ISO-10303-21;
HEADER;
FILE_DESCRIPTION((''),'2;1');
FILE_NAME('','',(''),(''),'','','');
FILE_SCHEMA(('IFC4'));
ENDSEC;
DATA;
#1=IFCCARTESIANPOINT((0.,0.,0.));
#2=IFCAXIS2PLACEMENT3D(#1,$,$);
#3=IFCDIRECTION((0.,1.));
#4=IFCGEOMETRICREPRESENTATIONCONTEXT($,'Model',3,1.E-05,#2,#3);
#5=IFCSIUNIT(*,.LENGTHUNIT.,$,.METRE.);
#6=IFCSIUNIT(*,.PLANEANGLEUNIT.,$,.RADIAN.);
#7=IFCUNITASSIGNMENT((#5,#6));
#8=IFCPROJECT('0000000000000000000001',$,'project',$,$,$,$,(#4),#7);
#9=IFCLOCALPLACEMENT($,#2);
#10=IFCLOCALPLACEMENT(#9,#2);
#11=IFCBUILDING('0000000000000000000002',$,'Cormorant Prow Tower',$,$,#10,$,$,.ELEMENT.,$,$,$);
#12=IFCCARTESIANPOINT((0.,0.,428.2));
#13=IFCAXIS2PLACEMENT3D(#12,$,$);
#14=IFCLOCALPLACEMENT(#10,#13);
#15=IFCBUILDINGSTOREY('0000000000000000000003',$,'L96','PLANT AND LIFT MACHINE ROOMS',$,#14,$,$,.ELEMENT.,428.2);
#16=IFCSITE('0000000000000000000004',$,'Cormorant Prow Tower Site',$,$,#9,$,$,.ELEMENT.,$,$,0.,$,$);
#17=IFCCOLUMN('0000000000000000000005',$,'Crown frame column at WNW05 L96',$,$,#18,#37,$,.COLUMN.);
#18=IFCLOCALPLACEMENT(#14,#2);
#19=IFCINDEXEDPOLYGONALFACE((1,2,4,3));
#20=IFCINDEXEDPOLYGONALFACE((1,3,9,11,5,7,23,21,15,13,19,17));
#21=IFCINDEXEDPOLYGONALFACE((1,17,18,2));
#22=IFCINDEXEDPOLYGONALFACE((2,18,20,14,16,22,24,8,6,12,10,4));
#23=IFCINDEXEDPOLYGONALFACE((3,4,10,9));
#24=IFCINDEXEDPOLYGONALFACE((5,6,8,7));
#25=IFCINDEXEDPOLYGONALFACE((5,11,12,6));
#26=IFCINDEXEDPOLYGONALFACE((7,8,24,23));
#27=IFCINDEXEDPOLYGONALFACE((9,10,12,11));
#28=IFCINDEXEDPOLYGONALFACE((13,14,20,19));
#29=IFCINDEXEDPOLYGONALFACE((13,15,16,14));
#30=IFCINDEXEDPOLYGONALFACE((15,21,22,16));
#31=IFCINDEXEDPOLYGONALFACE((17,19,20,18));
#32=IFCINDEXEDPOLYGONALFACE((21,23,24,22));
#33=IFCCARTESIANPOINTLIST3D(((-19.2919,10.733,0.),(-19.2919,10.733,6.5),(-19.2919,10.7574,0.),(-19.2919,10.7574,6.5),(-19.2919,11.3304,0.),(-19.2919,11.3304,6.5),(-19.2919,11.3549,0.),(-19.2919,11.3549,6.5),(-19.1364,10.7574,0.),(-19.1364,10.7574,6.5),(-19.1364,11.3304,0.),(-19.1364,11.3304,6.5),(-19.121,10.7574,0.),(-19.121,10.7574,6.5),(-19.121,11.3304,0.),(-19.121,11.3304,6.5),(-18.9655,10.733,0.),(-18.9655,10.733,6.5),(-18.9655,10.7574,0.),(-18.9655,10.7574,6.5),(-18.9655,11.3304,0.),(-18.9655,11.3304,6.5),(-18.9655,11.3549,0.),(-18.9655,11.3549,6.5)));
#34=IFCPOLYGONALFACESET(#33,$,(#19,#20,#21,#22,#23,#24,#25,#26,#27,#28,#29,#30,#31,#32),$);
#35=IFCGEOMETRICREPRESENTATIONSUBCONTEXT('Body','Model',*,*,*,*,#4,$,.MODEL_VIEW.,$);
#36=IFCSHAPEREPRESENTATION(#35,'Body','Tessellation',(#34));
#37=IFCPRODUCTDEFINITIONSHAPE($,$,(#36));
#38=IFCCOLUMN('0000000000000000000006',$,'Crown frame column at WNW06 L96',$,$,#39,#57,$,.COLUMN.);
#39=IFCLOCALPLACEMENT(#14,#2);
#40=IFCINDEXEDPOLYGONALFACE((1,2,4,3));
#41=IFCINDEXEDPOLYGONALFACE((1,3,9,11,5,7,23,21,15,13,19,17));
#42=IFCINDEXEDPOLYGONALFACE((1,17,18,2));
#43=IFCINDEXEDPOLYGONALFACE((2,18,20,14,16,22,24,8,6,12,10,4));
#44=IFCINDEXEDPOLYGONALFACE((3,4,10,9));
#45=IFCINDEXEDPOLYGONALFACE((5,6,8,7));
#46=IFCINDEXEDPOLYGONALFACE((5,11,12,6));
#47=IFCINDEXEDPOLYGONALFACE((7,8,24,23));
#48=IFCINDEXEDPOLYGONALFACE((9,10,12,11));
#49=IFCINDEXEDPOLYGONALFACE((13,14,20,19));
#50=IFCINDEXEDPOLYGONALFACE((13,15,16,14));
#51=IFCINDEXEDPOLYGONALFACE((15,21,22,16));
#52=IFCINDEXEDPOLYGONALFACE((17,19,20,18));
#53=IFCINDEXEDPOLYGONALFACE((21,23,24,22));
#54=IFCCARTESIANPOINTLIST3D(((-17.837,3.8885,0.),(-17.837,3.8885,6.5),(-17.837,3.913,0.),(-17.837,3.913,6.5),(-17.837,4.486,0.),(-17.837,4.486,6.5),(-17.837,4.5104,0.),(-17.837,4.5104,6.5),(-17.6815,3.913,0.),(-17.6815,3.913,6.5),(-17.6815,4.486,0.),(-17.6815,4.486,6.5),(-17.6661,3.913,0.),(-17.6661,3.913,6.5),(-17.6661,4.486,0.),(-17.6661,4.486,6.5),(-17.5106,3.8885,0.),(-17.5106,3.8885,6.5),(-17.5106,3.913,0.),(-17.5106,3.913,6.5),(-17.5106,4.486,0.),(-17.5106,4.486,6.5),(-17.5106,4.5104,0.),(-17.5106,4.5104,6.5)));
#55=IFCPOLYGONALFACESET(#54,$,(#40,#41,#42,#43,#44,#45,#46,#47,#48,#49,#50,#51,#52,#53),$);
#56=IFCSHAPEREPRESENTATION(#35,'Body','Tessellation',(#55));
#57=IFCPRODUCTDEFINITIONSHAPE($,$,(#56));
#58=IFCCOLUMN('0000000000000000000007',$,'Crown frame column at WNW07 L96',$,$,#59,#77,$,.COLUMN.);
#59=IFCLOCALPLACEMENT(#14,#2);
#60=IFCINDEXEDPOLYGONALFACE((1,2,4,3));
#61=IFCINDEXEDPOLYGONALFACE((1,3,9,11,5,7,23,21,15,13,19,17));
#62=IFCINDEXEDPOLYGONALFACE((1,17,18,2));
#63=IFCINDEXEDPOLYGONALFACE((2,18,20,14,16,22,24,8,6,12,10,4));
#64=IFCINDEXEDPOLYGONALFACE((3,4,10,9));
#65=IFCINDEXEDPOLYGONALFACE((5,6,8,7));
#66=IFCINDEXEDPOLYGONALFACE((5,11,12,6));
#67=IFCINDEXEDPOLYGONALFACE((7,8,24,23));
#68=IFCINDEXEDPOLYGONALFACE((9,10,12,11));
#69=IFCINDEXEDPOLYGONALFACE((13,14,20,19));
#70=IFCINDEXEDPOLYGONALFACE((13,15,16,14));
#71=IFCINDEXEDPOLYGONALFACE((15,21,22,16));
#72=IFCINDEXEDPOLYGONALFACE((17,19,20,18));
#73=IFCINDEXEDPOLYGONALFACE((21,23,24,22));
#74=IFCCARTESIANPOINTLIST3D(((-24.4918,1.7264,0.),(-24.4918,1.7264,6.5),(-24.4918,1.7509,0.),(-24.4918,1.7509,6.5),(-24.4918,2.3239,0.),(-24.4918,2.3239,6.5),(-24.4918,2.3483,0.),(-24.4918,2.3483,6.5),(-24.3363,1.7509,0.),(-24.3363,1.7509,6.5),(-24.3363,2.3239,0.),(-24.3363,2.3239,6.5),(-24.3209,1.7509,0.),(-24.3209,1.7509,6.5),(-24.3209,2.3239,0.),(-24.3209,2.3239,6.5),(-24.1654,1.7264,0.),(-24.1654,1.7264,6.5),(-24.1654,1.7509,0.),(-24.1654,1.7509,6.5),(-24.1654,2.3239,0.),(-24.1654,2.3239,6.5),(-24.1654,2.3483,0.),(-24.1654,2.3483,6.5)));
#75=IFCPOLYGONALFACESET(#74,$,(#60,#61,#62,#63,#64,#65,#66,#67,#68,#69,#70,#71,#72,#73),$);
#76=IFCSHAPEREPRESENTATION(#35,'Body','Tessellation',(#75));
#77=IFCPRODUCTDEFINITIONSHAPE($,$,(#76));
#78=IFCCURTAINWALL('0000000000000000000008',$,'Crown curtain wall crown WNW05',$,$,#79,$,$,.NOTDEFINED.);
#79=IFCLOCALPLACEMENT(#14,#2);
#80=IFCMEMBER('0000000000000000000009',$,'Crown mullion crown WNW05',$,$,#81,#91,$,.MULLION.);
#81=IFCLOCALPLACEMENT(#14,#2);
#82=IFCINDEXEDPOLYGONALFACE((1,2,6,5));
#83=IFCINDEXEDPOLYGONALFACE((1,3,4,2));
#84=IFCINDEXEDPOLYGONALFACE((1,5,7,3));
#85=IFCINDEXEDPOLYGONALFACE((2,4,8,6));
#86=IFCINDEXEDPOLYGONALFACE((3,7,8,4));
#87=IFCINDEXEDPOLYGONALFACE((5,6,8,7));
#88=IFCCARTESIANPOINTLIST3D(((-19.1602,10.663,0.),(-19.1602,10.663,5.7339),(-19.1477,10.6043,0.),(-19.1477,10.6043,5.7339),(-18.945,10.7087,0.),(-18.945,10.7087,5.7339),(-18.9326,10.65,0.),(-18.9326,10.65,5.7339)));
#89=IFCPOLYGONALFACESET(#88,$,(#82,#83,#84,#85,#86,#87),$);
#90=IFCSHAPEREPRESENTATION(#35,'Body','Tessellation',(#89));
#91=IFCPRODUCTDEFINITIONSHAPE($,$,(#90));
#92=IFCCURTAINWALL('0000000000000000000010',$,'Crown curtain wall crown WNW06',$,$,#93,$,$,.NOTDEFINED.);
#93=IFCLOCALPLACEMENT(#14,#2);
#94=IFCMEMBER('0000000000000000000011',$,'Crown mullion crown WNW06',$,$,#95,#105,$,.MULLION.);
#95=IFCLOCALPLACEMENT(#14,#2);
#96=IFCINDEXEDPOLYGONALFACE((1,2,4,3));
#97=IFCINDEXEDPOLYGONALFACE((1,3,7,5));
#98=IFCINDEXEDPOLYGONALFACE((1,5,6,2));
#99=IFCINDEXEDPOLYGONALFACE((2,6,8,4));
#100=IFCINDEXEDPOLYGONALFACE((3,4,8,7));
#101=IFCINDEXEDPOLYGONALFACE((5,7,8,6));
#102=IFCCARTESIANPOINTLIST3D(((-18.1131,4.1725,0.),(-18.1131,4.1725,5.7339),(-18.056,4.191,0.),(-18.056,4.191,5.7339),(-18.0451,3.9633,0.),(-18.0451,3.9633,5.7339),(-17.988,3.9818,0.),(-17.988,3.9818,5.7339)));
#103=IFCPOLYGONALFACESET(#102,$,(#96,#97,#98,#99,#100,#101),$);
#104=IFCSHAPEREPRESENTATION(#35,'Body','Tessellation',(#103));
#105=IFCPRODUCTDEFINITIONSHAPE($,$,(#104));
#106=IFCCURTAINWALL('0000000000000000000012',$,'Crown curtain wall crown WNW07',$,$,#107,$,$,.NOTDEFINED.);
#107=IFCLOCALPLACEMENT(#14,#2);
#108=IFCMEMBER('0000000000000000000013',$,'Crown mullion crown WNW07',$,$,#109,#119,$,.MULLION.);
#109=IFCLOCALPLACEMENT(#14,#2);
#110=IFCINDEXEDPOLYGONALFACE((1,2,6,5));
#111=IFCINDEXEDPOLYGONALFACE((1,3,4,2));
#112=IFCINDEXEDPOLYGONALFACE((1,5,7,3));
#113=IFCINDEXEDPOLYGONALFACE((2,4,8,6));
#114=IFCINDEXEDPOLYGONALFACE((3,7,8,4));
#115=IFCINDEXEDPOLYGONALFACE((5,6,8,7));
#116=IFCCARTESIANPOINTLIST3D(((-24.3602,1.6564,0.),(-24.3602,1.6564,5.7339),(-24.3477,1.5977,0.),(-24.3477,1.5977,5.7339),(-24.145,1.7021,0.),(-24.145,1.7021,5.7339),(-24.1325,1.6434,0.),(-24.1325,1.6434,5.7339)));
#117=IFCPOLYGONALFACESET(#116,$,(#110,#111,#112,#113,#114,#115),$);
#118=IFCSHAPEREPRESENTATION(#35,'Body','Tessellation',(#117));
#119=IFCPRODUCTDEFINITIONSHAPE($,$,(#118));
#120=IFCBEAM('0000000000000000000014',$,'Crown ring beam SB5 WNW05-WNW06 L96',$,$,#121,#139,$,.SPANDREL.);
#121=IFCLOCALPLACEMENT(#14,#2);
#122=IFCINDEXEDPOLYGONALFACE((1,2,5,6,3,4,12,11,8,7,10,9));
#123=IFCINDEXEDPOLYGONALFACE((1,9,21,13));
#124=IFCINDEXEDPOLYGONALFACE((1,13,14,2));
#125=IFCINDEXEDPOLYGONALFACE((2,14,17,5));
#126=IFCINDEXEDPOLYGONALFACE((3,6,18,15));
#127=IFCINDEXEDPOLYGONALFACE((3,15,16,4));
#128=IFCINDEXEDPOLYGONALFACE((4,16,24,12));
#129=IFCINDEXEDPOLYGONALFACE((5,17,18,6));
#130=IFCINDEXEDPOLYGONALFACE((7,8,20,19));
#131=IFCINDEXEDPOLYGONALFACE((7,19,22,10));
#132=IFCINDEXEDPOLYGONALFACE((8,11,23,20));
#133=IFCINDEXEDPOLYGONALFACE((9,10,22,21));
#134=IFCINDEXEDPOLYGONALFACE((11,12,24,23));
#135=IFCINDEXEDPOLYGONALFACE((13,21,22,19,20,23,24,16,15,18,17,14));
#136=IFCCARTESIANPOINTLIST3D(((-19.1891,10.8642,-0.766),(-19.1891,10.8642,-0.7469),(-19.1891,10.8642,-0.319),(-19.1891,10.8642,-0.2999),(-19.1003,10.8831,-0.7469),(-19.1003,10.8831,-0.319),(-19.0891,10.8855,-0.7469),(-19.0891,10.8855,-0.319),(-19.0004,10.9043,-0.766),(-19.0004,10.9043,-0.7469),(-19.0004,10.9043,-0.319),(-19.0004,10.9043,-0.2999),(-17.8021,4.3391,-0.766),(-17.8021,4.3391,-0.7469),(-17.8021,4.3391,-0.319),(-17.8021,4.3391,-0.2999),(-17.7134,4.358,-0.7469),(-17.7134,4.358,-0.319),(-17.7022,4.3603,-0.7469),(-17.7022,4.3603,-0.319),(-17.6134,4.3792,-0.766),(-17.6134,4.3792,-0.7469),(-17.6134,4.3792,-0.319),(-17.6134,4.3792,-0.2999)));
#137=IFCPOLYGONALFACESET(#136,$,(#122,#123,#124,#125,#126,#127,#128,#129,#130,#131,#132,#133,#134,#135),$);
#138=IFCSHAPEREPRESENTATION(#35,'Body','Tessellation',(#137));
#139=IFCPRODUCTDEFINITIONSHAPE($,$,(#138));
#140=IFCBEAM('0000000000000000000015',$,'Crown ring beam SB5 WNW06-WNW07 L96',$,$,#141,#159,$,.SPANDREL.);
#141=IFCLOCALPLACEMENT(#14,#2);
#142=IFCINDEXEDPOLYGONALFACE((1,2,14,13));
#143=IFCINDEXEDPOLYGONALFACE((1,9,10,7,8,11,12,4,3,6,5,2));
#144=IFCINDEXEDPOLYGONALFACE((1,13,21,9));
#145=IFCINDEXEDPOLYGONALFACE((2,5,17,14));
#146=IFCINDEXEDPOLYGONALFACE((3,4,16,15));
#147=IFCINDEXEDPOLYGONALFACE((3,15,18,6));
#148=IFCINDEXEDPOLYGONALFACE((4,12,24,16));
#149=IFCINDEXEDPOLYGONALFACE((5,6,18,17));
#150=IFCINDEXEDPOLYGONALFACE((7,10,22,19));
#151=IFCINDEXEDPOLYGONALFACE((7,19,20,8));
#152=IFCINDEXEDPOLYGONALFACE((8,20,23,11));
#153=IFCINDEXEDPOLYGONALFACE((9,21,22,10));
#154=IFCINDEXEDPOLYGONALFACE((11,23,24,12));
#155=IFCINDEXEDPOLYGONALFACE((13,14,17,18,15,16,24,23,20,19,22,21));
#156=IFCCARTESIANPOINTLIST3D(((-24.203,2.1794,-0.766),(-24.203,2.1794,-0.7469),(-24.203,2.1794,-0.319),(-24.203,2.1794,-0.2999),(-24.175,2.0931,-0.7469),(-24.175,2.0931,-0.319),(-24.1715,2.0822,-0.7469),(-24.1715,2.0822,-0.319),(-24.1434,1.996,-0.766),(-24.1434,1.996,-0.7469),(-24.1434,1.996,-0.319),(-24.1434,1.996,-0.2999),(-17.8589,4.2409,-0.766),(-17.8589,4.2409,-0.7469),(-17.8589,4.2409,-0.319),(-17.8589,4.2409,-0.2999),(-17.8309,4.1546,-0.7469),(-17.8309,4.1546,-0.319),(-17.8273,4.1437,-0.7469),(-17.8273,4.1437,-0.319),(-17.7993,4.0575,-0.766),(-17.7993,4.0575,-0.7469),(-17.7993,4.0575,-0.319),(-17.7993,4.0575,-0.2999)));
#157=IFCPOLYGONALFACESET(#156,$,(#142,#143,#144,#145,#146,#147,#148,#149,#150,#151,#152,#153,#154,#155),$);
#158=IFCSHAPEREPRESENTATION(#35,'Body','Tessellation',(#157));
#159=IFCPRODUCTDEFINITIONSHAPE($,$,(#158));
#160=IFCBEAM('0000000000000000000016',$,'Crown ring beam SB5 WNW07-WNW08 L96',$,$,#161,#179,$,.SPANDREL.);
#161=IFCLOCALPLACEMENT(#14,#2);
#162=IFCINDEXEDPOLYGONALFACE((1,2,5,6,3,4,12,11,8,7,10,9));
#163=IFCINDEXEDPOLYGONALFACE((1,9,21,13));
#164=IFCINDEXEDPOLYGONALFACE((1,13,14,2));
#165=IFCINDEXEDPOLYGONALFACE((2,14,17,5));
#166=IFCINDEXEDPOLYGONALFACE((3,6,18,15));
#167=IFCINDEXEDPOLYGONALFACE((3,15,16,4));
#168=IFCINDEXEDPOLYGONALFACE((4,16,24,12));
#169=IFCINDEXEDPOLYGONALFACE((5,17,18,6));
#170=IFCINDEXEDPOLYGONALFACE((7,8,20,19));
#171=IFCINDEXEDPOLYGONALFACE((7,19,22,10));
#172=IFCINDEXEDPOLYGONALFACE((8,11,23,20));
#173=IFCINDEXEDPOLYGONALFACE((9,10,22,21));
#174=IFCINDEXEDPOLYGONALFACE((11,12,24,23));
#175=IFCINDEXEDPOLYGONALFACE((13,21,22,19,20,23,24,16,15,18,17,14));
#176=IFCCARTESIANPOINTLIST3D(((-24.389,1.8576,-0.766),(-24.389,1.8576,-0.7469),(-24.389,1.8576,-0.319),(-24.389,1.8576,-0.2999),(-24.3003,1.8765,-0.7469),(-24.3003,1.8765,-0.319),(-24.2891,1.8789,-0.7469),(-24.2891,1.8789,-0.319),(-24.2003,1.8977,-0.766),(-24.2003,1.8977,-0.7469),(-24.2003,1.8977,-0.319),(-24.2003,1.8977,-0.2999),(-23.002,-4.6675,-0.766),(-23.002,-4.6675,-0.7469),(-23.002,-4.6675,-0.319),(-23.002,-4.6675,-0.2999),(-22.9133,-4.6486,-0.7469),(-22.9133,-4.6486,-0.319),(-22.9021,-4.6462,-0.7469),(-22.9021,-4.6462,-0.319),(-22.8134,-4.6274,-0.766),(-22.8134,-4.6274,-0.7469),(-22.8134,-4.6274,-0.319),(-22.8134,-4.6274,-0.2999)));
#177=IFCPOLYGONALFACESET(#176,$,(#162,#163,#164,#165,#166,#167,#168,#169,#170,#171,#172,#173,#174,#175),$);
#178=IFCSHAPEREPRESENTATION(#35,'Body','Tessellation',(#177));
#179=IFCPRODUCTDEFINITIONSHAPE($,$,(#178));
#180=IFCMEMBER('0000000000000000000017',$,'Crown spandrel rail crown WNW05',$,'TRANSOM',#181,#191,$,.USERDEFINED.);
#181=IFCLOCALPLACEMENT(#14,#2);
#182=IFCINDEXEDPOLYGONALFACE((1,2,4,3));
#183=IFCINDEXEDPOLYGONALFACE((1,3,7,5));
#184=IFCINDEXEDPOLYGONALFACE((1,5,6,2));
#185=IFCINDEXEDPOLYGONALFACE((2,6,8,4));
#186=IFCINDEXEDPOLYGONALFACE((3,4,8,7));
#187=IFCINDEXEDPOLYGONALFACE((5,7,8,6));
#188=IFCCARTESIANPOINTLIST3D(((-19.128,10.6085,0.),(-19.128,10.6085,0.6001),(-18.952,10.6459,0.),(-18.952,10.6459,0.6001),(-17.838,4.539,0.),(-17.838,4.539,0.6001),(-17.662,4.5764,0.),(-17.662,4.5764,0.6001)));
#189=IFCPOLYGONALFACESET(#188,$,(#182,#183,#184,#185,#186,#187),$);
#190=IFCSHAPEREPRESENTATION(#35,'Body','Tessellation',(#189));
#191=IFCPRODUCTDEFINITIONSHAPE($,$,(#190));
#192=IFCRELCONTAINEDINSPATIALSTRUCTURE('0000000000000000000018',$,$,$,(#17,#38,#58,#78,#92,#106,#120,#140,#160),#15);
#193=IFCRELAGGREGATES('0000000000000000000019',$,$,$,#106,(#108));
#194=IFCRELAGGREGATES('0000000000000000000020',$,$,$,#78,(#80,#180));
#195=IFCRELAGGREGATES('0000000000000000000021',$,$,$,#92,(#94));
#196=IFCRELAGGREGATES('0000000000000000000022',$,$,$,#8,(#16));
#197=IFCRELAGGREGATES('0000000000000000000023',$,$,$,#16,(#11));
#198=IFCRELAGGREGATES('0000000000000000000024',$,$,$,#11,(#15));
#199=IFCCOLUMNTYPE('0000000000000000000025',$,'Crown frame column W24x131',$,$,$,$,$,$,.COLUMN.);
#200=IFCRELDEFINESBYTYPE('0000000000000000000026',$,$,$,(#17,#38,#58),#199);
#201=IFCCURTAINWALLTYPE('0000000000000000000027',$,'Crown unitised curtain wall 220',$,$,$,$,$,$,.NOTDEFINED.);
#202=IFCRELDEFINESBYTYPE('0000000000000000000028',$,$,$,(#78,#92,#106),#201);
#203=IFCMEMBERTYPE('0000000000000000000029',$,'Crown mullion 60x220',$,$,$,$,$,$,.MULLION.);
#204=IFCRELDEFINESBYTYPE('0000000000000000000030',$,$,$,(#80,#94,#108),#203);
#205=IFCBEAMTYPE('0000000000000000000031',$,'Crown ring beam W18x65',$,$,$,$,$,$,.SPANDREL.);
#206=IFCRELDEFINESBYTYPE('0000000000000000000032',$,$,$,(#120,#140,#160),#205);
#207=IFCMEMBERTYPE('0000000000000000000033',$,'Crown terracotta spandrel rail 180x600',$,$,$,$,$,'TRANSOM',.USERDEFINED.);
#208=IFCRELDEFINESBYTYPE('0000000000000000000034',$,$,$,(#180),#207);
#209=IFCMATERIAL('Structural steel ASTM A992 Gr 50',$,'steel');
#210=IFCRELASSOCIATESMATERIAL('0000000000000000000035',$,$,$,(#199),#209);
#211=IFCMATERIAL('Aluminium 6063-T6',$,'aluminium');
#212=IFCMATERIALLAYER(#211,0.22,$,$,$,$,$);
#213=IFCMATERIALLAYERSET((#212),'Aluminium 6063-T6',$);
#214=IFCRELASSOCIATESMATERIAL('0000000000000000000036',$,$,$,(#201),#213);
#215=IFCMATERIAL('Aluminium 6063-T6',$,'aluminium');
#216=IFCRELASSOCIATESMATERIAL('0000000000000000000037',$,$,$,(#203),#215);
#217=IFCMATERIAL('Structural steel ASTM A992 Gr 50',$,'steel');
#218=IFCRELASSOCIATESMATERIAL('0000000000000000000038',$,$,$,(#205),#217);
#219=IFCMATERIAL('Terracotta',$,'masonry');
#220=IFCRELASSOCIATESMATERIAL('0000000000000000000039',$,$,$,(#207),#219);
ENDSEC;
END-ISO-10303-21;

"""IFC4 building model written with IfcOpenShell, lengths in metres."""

from ifc_helpers import new_model, si_unit, direction, frame, origin, origin_2d, place, context, subcontext, project, spatial, rectangle, i_section, extrude, material, layer, layer_set, material_profile, profile_set, type_object, element, aggregate, save


model = new_model("IFC4")

# Units and contexts
model_context = context("Model", 3, precision=1e-05, world=origin(), true_north=direction((0.0, 1.0)))
body_context = subcontext(model_context, "Body", "Model", "MODEL_VIEW")
ifc_project = project(units=[si_unit("LENGTHUNIT", "METRE"), si_unit("PLANEANGLEUNIT", "RADIAN")], contexts=[model_context])

# Site, building, storey
site_placement = place(None, origin())
site = spatial("IfcSite", under=ifc_project, at=site_placement, Name="Cormorant Prow Tower Site", CompositionType="ELEMENT", RefElevation=0.0)
building_placement = place(site_placement, origin())
building = spatial("IfcBuilding", under=site, at=building_placement, Name="Cormorant Prow Tower", CompositionType="ELEMENT")
storey_placement = place(building_placement, frame((0.0, 0.0, 428.2)))
storey = spatial("IfcBuildingStorey", under=building, at=storey_placement, Name="L96", Description="PLANT AND LIFT MACHINE ROOMS", CompositionType="ELEMENT", Elevation=428.2)

# Columns
ifc_material_1 = material(Name="Structural steel ASTM A992 Gr 50", Category="steel")
ifc_material_profile_1 = material_profile(ifc_material_1, i_section(OverallWidth=0.3264, OverallDepth=0.6218, WebThickness=0.0154, FlangeThickness=0.0244, at=origin_2d()), Name="W24x131")
ifc_profile_set_1 = profile_set([ifc_material_profile_1], Name="Structural steel ASTM A992 Gr 50")
column_type = type_object("IfcColumnType", Name="Crown frame column W24x131", PredefinedType="COLUMN", material=ifc_profile_set_1)
for number, where, z_axis, x_axis, name in (
    (1, (-19.1287, 11.0439, 0.0), (0.0, 0.0, 1.0), (1.0, 0.0, 0.0), "Crown frame column at WNW05 L96"),
    (2, (-17.6738, 4.1995, 0.0), (0.0, 0.0, 1.0), (1.0, 0.0, 0.0), "Crown frame column at WNW06 L96"),
    (3, (-24.3286, 2.0374, 0.0), (0.0, 0.0, 1.0), (1.0, 0.0, 0.0), "Crown frame column at WNW07 L96"),
):
    element("IfcColumn", number, at=place(storey_placement, frame(where, z_axis=z_axis, x_axis=x_axis)), inside=storey, type_object=column_type, Name=name, PredefinedType="COLUMN", context=body_context, shape_type="SweptSolid", body=[
        extrude(i_section(OverallWidth=0.3264, OverallDepth=0.6218, WebThickness=0.0154, FlangeThickness=0.0244, at=origin_2d()), origin(), (0.0, 0.0, 1.0), 6.5),
    ])

# Curtain walls, members
ifc_material_2 = material(Name="Aluminium 6063-T6", Category="aluminium")
ifc_layer_1 = layer(ifc_material_2, 0.22)
ifc_layer_set_1 = layer_set([ifc_layer_1], Name="Aluminium 6063-T6")
curtain_wall_type = type_object("IfcCurtainWallType", Name="Crown unitised curtain wall 220", PredefinedType="NOTDEFINED", material=ifc_layer_set_1)
curtain_wall_1_placement = place(storey_placement, origin())
curtain_wall_1 = element("IfcCurtainWall", 4, at=curtain_wall_1_placement, inside=storey, type_object=curtain_wall_type, Name="Crown curtain wall crown WNW05", PredefinedType="NOTDEFINED")
ifc_material_3 = material(Name="Aluminium 6063-T6", Category="aluminium")
ifc_material_profile_2 = material_profile(ifc_material_3, rectangle(XDim=0.22, YDim=0.0601, at=origin_2d()), Name="Crown mullion 60x220")
ifc_profile_set_2 = profile_set([ifc_material_profile_2], Name="Aluminium 6063-T6")
member_type_1 = type_object("IfcMemberType", Name="Crown mullion 60x220", PredefinedType="MULLION", material=ifc_profile_set_2)
member_1_placement = place(storey_placement, frame((-19.0464, 10.6565, 0.0), z_axis=(0.0, 0.0, 1.0), x_axis=(0.978148, 0.207912, 0.0)))
member_1 = element("IfcMember", 5, at=member_1_placement, type_object=member_type_1, Name="Crown mullion crown WNW05", PredefinedType="MULLION", context=body_context, shape_type="SweptSolid", body=[
    extrude(rectangle(XDim=0.22, YDim=0.0601, at=origin_2d()), origin(), (0.0, 0.0, 1.0), 5.7339),
])
curtain_wall_2_placement = place(storey_placement, origin())
curtain_wall_2 = element("IfcCurtainWall", 6, at=curtain_wall_2_placement, inside=storey, type_object=curtain_wall_type, Name="Crown curtain wall crown WNW06", PredefinedType="NOTDEFINED")
member_2_placement = place(storey_placement, frame((-18.0505, 4.0771, 0.0), z_axis=(0.0, 0.0, 1.0), x_axis=(0.309017, -0.951056, 0.0)))
member_2 = element("IfcMember", 7, at=member_2_placement, type_object=member_type_1, Name="Crown mullion crown WNW06", PredefinedType="MULLION", context=body_context, shape_type="SweptSolid", body=[
    extrude(rectangle(XDim=0.22, YDim=0.0601, at=origin_2d()), origin(), (0.0, 0.0, 1.0), 5.7339),
])
curtain_wall_3_placement = place(storey_placement, origin())
curtain_wall_3 = element("IfcCurtainWall", 8, at=curtain_wall_3_placement, inside=storey, type_object=curtain_wall_type, Name="Crown curtain wall crown WNW07", PredefinedType="NOTDEFINED")
member_3_placement = place(storey_placement, frame((-24.2463, 1.6499, 0.0), z_axis=(0.0, 0.0, 1.0), x_axis=(0.978148, 0.207912, 0.0)))
member_3 = element("IfcMember", 9, at=member_3_placement, type_object=member_type_1, Name="Crown mullion crown WNW07", PredefinedType="MULLION", context=body_context, shape_type="SweptSolid", body=[
    extrude(rectangle(XDim=0.22, YDim=0.0601, at=origin_2d()), origin(), (0.0, 0.0, 1.0), 5.7339),
])

# Beams
ifc_material_4 = material(Name="Structural steel ASTM A992 Gr 50", Category="steel")
ifc_material_profile_3 = material_profile(ifc_material_4, i_section(OverallWidth=0.1929, OverallDepth=0.4661, WebThickness=0.0115, FlangeThickness=0.019, at=origin_2d()), Name="W18x65")
ifc_profile_set_3 = profile_set([ifc_material_profile_3], Name="Structural steel ASTM A992 Gr 50")
beam_type = type_object("IfcBeamType", Name="Crown ring beam W18x65", PredefinedType="SPANDREL", material=ifc_profile_set_3)
beam_1_placement = place(storey_placement, frame((-19.0947, 10.8843, -0.533), z_axis=(0.207912, -0.978148, 0.0), x_axis=(0.978148, 0.207912, 0.0)))
element("IfcBeam", 10, at=beam_1_placement, inside=storey, type_object=beam_type, Name="Crown ring beam SB5 WNW05-WNW06 L96", PredefinedType="SPANDREL", context=body_context, shape_type="SweptSolid", body=[
    extrude(i_section(OverallWidth=0.1929, OverallDepth=0.4661, WebThickness=0.0115, FlangeThickness=0.019, at=origin_2d()), origin(), (0.0, 0.0, 1.0), 6.6709),
])
beam_2_placement = place(storey_placement, frame((-17.8291, 4.1492, -0.533), z_axis=(-0.95105, -0.309038, 0.0), x_axis=(0.309038, -0.95105, 0.0)))
element("IfcBeam", 11, at=beam_2_placement, inside=storey, type_object=beam_type, Name="Crown ring beam SB5 WNW06-WNW07 L96", PredefinedType="SPANDREL", context=body_context, shape_type="SweptSolid", body=[
    extrude(i_section(OverallWidth=0.1929, OverallDepth=0.4661, WebThickness=0.0115, FlangeThickness=0.019, at=origin_2d()), origin(), (0.0, 0.0, 1.0), 6.6707),
])
beam_3_placement = place(storey_placement, frame((-24.2947, 1.8777, -0.533), z_axis=(0.207912, -0.978148, 0.0), x_axis=(0.978148, 0.207912, 0.0)))
element("IfcBeam", 12, at=beam_3_placement, inside=storey, type_object=beam_type, Name="Crown ring beam SB5 WNW07-WNW08 L96", PredefinedType="SPANDREL", context=body_context, shape_type="SweptSolid", body=[
    extrude(i_section(OverallWidth=0.1929, OverallDepth=0.4661, WebThickness=0.0115, FlangeThickness=0.019, at=origin_2d()), origin(), (0.0, 0.0, 1.0), 6.6709),
])

# Member
ifc_material_5 = material(Name="Terracotta", Category="masonry")
ifc_material_profile_4 = material_profile(ifc_material_5, rectangle(XDim=0.1799, YDim=0.6001, at=origin_2d()), Name="Crown terracotta spandrel rail 180x600")
ifc_profile_set_4 = profile_set([ifc_material_profile_4], Name="Terracotta")
member_type_2 = type_object("IfcMemberType", Name="Crown terracotta spandrel rail 180x600", ElementType="TRANSOM", PredefinedType="USERDEFINED", material=ifc_profile_set_4)
member_4_placement = place(storey_placement, frame((-19.04, 10.6272, 0.3), z_axis=(0.207898, -0.978151, 0.0), x_axis=(0.978151, 0.207898, 0.0)))
member_4 = element("IfcMember", 13, at=member_4_placement, type_object=member_type_2, Name="Crown spandrel rail crown WNW05", ObjectType="TRANSOM", PredefinedType="USERDEFINED", context=body_context, shape_type="SweptSolid", body=[
    extrude(rectangle(XDim=0.1799, YDim=0.6001, at=origin_2d()), origin(), (0.0, 0.0, 1.0), 6.2051),
])
aggregate(curtain_wall_3, [member_3])

aggregate(curtain_wall_1, [member_1, member_4])
aggregate(curtain_wall_2, [member_2])

save(model, "model.ifc")
